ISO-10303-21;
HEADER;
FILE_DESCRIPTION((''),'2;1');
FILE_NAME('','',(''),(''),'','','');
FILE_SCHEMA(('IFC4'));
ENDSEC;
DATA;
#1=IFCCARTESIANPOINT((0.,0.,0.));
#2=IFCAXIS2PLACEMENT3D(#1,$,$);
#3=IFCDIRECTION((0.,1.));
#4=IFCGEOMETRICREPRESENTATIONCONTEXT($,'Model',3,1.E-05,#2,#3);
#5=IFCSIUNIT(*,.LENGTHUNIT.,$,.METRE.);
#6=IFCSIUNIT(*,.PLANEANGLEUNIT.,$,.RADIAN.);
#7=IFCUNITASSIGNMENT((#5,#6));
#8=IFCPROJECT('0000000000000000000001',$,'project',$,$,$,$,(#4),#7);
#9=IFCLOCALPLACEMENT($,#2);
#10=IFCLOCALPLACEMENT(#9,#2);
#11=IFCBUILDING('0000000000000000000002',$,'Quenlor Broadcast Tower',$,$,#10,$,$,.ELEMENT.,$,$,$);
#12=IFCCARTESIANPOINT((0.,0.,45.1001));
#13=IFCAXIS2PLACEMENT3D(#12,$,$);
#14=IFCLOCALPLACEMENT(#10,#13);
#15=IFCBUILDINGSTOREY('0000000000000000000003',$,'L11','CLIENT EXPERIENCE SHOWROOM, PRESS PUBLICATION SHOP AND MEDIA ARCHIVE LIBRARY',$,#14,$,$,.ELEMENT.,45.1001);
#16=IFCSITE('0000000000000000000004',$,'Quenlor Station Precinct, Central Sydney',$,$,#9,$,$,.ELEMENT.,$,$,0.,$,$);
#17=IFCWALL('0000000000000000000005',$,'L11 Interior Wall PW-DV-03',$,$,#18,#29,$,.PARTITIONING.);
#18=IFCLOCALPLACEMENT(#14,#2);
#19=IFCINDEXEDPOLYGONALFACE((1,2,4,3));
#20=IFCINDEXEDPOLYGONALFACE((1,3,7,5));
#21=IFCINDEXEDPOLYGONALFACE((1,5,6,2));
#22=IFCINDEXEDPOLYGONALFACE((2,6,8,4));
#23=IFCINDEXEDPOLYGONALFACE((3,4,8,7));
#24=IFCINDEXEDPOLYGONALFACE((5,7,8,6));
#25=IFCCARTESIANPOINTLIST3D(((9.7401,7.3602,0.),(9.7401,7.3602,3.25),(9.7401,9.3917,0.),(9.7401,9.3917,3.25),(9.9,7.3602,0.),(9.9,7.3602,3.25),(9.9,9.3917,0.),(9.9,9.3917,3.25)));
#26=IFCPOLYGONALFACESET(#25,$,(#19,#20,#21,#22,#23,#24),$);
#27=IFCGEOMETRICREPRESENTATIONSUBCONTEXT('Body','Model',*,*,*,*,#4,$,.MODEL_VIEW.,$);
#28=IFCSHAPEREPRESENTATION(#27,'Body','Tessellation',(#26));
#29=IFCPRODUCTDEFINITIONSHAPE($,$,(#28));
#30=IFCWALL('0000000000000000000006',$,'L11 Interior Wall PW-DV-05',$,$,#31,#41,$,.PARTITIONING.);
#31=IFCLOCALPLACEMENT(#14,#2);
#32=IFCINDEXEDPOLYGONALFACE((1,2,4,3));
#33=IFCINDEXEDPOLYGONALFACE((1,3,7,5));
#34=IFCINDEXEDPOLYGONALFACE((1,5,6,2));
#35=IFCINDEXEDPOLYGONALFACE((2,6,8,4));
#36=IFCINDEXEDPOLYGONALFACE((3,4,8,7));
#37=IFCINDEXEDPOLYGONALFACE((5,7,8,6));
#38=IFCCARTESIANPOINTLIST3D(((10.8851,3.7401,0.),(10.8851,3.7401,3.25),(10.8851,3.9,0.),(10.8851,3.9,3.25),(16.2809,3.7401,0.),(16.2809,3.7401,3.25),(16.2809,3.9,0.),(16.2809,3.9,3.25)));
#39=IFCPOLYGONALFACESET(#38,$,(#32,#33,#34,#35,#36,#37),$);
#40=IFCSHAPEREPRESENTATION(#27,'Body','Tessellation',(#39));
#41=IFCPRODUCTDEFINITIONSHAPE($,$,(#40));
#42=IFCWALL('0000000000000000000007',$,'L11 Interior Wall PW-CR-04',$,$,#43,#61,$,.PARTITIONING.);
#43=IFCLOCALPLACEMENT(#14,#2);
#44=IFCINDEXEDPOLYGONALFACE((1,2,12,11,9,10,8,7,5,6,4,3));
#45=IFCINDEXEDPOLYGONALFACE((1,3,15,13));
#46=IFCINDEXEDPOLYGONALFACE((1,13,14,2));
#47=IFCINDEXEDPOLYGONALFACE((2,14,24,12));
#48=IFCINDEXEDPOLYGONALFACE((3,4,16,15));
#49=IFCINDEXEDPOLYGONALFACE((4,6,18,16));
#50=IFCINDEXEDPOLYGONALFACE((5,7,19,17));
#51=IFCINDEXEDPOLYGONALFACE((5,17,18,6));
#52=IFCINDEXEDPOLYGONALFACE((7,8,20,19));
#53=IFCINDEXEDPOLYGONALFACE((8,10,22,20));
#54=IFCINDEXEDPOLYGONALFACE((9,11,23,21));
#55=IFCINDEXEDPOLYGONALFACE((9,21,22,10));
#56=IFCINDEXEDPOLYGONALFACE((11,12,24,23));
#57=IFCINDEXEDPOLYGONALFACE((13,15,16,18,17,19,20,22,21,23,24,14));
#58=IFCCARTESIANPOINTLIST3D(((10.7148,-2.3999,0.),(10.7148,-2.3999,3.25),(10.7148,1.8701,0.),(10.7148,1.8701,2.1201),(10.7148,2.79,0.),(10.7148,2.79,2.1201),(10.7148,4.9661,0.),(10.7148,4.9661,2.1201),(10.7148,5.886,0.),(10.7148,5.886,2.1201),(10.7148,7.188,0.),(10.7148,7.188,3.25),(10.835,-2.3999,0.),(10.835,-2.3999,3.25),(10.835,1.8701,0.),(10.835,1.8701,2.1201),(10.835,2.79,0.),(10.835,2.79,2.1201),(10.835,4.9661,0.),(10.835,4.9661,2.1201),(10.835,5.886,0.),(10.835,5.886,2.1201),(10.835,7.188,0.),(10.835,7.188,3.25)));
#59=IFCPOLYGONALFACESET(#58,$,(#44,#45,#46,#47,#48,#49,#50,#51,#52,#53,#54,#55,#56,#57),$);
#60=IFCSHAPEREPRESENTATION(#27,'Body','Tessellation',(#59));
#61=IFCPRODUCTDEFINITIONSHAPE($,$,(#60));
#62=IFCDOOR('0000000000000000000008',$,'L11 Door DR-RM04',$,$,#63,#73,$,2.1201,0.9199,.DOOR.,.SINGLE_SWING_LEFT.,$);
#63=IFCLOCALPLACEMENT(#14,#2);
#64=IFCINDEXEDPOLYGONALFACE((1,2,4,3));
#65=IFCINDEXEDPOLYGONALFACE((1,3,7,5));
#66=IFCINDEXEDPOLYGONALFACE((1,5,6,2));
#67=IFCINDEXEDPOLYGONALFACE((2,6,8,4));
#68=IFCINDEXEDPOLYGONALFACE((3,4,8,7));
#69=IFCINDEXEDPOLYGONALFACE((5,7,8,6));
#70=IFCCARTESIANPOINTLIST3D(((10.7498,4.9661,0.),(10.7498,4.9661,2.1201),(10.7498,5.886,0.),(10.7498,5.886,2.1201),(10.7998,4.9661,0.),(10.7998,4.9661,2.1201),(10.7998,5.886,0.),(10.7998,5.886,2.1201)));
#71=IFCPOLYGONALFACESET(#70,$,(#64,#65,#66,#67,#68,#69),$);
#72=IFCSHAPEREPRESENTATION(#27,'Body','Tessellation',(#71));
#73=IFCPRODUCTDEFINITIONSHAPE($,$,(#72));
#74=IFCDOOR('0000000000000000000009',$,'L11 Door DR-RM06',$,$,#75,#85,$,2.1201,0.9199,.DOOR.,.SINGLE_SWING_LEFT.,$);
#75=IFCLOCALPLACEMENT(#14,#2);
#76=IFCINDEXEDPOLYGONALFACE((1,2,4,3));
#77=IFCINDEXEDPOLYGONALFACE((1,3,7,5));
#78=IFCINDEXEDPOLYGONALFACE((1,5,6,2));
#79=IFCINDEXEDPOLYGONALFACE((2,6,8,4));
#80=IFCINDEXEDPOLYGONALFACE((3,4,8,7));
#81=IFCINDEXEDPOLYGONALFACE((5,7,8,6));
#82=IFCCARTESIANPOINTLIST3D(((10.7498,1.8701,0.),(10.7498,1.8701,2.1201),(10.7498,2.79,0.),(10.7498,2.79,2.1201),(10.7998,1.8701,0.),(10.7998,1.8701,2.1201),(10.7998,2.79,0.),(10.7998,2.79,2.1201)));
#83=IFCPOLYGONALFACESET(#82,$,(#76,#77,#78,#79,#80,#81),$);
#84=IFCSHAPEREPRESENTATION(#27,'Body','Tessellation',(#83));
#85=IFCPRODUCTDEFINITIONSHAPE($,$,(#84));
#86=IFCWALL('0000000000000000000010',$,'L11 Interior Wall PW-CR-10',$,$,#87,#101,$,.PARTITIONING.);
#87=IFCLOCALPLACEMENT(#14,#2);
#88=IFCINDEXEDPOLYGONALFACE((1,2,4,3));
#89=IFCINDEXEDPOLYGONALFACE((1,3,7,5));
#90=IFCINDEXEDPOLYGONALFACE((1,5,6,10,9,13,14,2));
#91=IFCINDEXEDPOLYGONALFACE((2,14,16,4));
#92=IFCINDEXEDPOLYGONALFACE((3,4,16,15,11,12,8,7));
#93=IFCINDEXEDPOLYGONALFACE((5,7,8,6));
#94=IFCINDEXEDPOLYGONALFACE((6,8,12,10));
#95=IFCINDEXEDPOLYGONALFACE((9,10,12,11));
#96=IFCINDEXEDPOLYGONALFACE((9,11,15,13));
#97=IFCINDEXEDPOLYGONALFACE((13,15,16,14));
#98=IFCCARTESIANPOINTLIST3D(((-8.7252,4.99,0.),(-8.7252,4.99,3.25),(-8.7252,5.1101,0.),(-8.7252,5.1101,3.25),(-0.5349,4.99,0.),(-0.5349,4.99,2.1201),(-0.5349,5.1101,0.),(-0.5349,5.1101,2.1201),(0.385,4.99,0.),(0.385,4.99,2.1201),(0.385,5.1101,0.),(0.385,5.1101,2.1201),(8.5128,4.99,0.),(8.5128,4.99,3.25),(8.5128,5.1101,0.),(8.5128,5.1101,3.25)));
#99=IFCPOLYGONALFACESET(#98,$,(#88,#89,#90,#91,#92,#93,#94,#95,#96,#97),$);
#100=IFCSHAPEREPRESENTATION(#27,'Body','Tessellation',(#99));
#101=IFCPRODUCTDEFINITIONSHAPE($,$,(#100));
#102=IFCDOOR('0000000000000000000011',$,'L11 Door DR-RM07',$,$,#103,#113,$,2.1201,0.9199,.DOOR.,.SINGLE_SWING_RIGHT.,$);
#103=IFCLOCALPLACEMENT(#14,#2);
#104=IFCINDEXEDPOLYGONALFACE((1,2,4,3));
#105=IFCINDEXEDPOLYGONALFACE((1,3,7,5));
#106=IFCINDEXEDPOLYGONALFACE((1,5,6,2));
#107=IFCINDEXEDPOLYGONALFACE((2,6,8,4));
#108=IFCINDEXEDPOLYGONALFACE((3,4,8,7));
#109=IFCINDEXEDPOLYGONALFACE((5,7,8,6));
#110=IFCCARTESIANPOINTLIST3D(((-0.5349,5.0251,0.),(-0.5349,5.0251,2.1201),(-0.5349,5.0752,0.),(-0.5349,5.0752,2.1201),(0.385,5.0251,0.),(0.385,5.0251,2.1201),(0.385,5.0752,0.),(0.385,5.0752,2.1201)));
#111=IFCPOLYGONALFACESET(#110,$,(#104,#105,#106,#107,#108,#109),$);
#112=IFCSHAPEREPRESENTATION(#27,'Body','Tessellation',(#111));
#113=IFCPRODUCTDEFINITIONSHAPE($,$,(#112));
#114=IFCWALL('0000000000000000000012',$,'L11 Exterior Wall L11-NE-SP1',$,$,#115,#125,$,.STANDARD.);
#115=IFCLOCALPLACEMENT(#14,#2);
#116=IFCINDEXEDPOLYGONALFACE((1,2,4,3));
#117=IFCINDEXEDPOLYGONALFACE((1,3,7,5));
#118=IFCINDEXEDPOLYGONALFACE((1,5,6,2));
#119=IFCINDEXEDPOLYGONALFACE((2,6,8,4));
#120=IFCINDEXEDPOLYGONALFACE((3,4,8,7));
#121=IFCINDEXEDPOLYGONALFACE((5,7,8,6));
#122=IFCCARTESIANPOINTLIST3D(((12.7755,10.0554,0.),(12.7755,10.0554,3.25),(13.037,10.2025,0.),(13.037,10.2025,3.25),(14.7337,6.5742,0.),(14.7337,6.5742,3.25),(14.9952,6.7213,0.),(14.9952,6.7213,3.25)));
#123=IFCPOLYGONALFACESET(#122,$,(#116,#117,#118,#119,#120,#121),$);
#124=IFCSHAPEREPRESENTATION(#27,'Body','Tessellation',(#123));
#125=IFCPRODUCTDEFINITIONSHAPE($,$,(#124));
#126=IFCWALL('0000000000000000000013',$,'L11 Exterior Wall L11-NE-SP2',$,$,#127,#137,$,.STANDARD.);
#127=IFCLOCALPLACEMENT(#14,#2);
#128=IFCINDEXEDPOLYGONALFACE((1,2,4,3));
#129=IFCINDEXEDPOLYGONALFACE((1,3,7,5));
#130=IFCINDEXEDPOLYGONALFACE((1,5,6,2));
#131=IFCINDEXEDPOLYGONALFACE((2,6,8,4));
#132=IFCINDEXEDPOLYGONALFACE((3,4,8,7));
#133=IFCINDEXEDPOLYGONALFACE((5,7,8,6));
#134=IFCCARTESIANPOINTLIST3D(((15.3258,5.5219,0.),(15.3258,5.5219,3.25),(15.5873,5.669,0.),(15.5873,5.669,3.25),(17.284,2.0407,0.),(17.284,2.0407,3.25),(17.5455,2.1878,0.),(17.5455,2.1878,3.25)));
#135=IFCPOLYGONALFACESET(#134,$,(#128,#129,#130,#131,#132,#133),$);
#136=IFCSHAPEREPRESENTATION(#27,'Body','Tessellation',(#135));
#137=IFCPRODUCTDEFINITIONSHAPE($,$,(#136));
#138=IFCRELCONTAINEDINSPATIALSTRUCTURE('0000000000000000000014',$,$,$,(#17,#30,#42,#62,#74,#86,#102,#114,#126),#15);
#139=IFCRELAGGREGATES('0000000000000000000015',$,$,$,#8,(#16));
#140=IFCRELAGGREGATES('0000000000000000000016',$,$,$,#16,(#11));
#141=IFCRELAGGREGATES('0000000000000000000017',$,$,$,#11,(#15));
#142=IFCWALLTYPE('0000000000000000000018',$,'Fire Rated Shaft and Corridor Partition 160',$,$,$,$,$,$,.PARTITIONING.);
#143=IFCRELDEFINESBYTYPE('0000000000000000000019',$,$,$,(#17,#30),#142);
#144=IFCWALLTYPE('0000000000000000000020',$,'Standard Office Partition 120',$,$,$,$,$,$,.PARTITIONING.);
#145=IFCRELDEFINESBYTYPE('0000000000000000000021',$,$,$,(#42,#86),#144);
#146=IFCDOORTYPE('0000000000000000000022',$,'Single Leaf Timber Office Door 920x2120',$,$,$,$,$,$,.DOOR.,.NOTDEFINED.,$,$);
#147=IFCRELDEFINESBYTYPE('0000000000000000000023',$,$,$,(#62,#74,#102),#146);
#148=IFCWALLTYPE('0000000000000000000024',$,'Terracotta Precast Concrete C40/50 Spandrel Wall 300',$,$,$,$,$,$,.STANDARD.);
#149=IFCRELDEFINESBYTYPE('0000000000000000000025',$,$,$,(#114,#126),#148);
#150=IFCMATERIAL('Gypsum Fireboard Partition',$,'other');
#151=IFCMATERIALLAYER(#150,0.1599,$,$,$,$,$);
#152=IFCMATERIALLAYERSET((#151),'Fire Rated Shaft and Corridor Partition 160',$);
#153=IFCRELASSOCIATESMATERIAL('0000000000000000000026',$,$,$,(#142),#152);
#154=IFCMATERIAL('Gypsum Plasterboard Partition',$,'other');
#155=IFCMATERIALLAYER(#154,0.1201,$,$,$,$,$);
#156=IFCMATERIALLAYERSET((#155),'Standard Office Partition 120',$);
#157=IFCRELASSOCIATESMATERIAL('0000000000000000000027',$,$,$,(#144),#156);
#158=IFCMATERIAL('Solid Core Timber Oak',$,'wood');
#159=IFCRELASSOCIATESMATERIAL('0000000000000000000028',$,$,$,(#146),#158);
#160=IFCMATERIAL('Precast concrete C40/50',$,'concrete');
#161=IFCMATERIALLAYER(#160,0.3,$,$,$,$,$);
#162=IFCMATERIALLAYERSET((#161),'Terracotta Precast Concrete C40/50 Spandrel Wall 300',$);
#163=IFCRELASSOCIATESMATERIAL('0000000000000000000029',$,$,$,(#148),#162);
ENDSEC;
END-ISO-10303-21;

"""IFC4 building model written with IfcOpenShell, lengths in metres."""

from ifc_helpers import new_model, si_unit, direction, frame, frame_2d, origin, place, context, subcontext, project, spatial, rectangle, extrude, material, layer, layer_set, type_object, element, fill, save


model = new_model("IFC4")

# Units and contexts
model_context = context("Model", 3, precision=1e-05, world=origin(), true_north=direction((0.0, 1.0)))
body_context = subcontext(model_context, "Body", "Model", "MODEL_VIEW")
ifc_project = project(units=[si_unit("LENGTHUNIT", "METRE"), si_unit("PLANEANGLEUNIT", "RADIAN")], contexts=[model_context])

# Site, building, storey
site_placement = place(None, origin())
site = spatial("IfcSite", under=ifc_project, at=site_placement, Name="Quenlor Station Precinct, Central Sydney", CompositionType="ELEMENT", RefElevation=0.0)
building_placement = place(site_placement, origin())
building = spatial("IfcBuilding", under=site, at=building_placement, Name="Quenlor Broadcast Tower", CompositionType="ELEMENT")
storey_placement = place(building_placement, frame((0.0, 0.0, 45.1001)))
storey = spatial("IfcBuildingStorey", under=building, at=storey_placement, Name="L11", Description="CLIENT EXPERIENCE SHOWROOM, PRESS PUBLICATION SHOP AND MEDIA ARCHIVE LIBRARY", CompositionType="ELEMENT", Elevation=45.1001)

# Walls
ifc_material_1 = material(Name="Gypsum Fireboard Partition", Category="other")
ifc_layer_1 = layer(ifc_material_1, 0.1599)
ifc_layer_set_1 = layer_set([ifc_layer_1], Name="Fire Rated Shaft and Corridor Partition 160")
wall_type_1 = type_object("IfcWallType", Name="Fire Rated Shaft and Corridor Partition 160", PredefinedType="PARTITIONING", material=ifc_layer_set_1)
wall_1_placement = place(storey_placement, frame((9.8201, 9.3916, 0.0), z_axis=(0.0, 0.0, 1.0), x_axis=(0.0, -1.0, 0.0)))
element("IfcWall", 1, at=wall_1_placement, inside=storey, type_object=wall_type_1, Name="L11 Interior Wall PW-DV-03", PredefinedType="PARTITIONING", context=body_context, shape_type="SweptSolid", body=[
    extrude(rectangle(XDim=2.0315, YDim=0.1599, at=frame_2d((1.0156, 0.0))), origin(), (0.0, 0.0, 1.0), 3.25),
])
wall_2_placement = place(storey_placement, frame((16.2808, 3.8201, 0.0), z_axis=(0.0, 0.0, 1.0), x_axis=(-1.0, 0.0, 0.0)))
element("IfcWall", 2, at=wall_2_placement, inside=storey, type_object=wall_type_1, Name="L11 Interior Wall PW-DV-05", PredefinedType="PARTITIONING", context=body_context, shape_type="SweptSolid", body=[
    extrude(rectangle(XDim=5.3958, YDim=0.1599, at=frame_2d((2.6978, 0.0))), origin(), (0.0, 0.0, 1.0), 3.25),
])

# Wall, openings, doors
ifc_material_2 = material(Name="Gypsum Plasterboard Partition", Category="other")
ifc_layer_2 = layer(ifc_material_2, 0.1201)
ifc_layer_set_2 = layer_set([ifc_layer_2], Name="Standard Office Partition 120")
wall_type_2 = type_object("IfcWallType", Name="Standard Office Partition 120", PredefinedType="PARTITIONING", material=ifc_layer_set_2)
wall_3_placement = place(storey_placement, frame((10.7749, 7.188, 0.0), z_axis=(0.0, 0.0, 1.0), x_axis=(0.0, -1.0, 0.0)))
wall_3 = element("IfcWall", 3, at=wall_3_placement, inside=storey, type_object=wall_type_2, Name="L11 Interior Wall PW-CR-04", PredefinedType="PARTITIONING", context=body_context, shape_type="SweptSolid", body=[
    extrude(rectangle(XDim=9.5879, YDim=0.1201, at=frame_2d((4.7939, 0.0))), origin(), (0.0, 0.0, 1.0), 3.25),
])
opening_1_placement = place(wall_3_placement, frame((1.302, 0.0, 0.0)))
opening_1 = element("IfcOpeningElement", 4, at=opening_1_placement, cuts=wall_3, PredefinedType="OPENING", context=body_context, shape_type="SweptSolid", body=[
    extrude(rectangle(XDim=0.9199, YDim=2.1201, at=frame_2d((0.46, 1.0601))), frame((0.0, 0.0701, 0.0), z_axis=(0.0, -1.0, 0.0), x_axis=(1.0, 0.0, 0.0)), (0.0, 0.0, 1.0), 0.1401),
])
opening_2_placement = place(wall_3_placement, frame((4.3979, 0.0, 0.0)))
opening_2 = element("IfcOpeningElement", 5, at=opening_2_placement, cuts=wall_3, PredefinedType="OPENING", context=body_context, shape_type="SweptSolid", body=[
    extrude(rectangle(XDim=0.9199, YDim=2.1201, at=frame_2d((0.46, 1.0601))), frame((0.0, 0.0701, 0.0), z_axis=(0.0, -1.0, 0.0), x_axis=(1.0, 0.0, 0.0)), (0.0, 0.0, 1.0), 0.1401),
])
ifc_material_3 = material(Name="Solid Core Timber Oak", Category="wood")
door_type = type_object("IfcDoorType", Name="Single Leaf Timber Office Door 920x2120", OperationType="NOTDEFINED", PredefinedType="DOOR", material=ifc_material_3)
door_1_placement = place(opening_1_placement, origin())
door_1 = element("IfcDoor", 6, at=door_1_placement, inside=storey, type_object=door_type, Name="L11 Door DR-RM04", OperationType="SINGLE_SWING_LEFT", OverallHeight=2.1201, OverallWidth=0.9199, PredefinedType="DOOR", context=body_context, shape_type="SweptSolid", body=[
    extrude(rectangle(XDim=0.9199, YDim=2.1201, at=frame_2d((0.46, 1.0601))), frame((0.0, 0.0249, 0.0), z_axis=(0.0, -1.0, 0.0), x_axis=(1.0, 0.0, 0.0)), (0.0, 0.0, 1.0), 0.05),
])
fill(opening_1, door_1)
door_2_placement = place(opening_2_placement, origin())
door_2 = element("IfcDoor", 7, at=door_2_placement, inside=storey, type_object=door_type, Name="L11 Door DR-RM06", OperationType="SINGLE_SWING_LEFT", OverallHeight=2.1201, OverallWidth=0.9199, PredefinedType="DOOR", context=body_context, shape_type="SweptSolid", body=[
    extrude(rectangle(XDim=0.9199, YDim=2.1201, at=frame_2d((0.46, 1.0601))), frame((0.0, 0.0249, 0.0), z_axis=(0.0, -1.0, 0.0), x_axis=(1.0, 0.0, 0.0)), (0.0, 0.0, 1.0), 0.05),
])
fill(opening_2, door_2)

# Wall, opening, door
wall_4_placement = place(storey_placement, frame((8.5129, 5.05, 0.0), z_axis=(0.0, 0.0, 1.0), x_axis=(-1.0, 0.0, 0.0)))
wall_4 = element("IfcWall", 8, at=wall_4_placement, inside=storey, type_object=wall_type_2, Name="L11 Interior Wall PW-CR-10", PredefinedType="PARTITIONING", context=body_context, shape_type="SweptSolid", body=[
    extrude(rectangle(XDim=17.238, YDim=0.1201, at=frame_2d((8.6191, 0.0))), origin(), (0.0, 0.0, 1.0), 3.25),
])
opening_3_placement = place(wall_4_placement, frame((8.1279, 0.0, 0.0)))
opening_3 = element("IfcOpeningElement", 9, at=opening_3_placement, cuts=wall_4, PredefinedType="OPENING", context=body_context, shape_type="SweptSolid", body=[
    extrude(rectangle(XDim=0.9199, YDim=2.1201, at=frame_2d((0.46, 1.0601))), frame((0.0, 0.0701, 0.0), z_axis=(0.0, -1.0, 0.0), x_axis=(1.0, 0.0, 0.0)), (0.0, 0.0, 1.0), 0.1401),
])
door_3_placement = place(opening_3_placement, origin())
door_3 = element("IfcDoor", 10, at=door_3_placement, inside=storey, type_object=door_type, Name="L11 Door DR-RM07", OperationType="SINGLE_SWING_RIGHT", OverallHeight=2.1201, OverallWidth=0.9199, PredefinedType="DOOR", context=body_context, shape_type="SweptSolid", body=[
    extrude(rectangle(XDim=0.9199, YDim=2.1201, at=frame_2d((0.46, 1.0601))), frame((0.0, 0.0249, 0.0), z_axis=(0.0, -1.0, 0.0), x_axis=(1.0, 0.0, 0.0)), (0.0, 0.0, 1.0), 0.05),
])
fill(opening_3, door_3)

# Walls
ifc_material_4 = material(Name="Precast concrete C40/50", Category="concrete")
ifc_layer_3 = layer(ifc_material_4, 0.3)
ifc_layer_set_3 = layer_set([ifc_layer_3], Name="Terracotta Precast Concrete C40/50 Spandrel Wall 300")
wall_type_3 = type_object("IfcWallType", Name="Terracotta Precast Concrete C40/50 Spandrel Wall 300", PredefinedType="STANDARD", material=ifc_layer_set_3)
for number, where, z_axis, x_axis, name in (
    (11, (12.9062, 10.1289, 0.0), (0.0, 0.0, 1.0), (0.490276, -0.871567, 0.0), "L11 Exterior Wall L11-NE-SP1"),
    (12, (15.4565, 5.5955, 0.0), (0.0, 0.0, 1.0), (0.490276, -0.871567, 0.0), "L11 Exterior Wall L11-NE-SP2"),
):
    element("IfcWall", number, at=place(storey_placement, frame(where, z_axis=z_axis, x_axis=x_axis)), inside=storey, type_object=wall_type_3, Name=name, PredefinedType="STANDARD", context=body_context, shape_type="SweptSolid", body=[
        extrude(rectangle(XDim=3.9941, YDim=0.3, at=frame_2d((1.9971, 0.0))), origin(), (0.0, 0.0, 1.0), 3.25),
    ])

save(model, "model.ifc")
